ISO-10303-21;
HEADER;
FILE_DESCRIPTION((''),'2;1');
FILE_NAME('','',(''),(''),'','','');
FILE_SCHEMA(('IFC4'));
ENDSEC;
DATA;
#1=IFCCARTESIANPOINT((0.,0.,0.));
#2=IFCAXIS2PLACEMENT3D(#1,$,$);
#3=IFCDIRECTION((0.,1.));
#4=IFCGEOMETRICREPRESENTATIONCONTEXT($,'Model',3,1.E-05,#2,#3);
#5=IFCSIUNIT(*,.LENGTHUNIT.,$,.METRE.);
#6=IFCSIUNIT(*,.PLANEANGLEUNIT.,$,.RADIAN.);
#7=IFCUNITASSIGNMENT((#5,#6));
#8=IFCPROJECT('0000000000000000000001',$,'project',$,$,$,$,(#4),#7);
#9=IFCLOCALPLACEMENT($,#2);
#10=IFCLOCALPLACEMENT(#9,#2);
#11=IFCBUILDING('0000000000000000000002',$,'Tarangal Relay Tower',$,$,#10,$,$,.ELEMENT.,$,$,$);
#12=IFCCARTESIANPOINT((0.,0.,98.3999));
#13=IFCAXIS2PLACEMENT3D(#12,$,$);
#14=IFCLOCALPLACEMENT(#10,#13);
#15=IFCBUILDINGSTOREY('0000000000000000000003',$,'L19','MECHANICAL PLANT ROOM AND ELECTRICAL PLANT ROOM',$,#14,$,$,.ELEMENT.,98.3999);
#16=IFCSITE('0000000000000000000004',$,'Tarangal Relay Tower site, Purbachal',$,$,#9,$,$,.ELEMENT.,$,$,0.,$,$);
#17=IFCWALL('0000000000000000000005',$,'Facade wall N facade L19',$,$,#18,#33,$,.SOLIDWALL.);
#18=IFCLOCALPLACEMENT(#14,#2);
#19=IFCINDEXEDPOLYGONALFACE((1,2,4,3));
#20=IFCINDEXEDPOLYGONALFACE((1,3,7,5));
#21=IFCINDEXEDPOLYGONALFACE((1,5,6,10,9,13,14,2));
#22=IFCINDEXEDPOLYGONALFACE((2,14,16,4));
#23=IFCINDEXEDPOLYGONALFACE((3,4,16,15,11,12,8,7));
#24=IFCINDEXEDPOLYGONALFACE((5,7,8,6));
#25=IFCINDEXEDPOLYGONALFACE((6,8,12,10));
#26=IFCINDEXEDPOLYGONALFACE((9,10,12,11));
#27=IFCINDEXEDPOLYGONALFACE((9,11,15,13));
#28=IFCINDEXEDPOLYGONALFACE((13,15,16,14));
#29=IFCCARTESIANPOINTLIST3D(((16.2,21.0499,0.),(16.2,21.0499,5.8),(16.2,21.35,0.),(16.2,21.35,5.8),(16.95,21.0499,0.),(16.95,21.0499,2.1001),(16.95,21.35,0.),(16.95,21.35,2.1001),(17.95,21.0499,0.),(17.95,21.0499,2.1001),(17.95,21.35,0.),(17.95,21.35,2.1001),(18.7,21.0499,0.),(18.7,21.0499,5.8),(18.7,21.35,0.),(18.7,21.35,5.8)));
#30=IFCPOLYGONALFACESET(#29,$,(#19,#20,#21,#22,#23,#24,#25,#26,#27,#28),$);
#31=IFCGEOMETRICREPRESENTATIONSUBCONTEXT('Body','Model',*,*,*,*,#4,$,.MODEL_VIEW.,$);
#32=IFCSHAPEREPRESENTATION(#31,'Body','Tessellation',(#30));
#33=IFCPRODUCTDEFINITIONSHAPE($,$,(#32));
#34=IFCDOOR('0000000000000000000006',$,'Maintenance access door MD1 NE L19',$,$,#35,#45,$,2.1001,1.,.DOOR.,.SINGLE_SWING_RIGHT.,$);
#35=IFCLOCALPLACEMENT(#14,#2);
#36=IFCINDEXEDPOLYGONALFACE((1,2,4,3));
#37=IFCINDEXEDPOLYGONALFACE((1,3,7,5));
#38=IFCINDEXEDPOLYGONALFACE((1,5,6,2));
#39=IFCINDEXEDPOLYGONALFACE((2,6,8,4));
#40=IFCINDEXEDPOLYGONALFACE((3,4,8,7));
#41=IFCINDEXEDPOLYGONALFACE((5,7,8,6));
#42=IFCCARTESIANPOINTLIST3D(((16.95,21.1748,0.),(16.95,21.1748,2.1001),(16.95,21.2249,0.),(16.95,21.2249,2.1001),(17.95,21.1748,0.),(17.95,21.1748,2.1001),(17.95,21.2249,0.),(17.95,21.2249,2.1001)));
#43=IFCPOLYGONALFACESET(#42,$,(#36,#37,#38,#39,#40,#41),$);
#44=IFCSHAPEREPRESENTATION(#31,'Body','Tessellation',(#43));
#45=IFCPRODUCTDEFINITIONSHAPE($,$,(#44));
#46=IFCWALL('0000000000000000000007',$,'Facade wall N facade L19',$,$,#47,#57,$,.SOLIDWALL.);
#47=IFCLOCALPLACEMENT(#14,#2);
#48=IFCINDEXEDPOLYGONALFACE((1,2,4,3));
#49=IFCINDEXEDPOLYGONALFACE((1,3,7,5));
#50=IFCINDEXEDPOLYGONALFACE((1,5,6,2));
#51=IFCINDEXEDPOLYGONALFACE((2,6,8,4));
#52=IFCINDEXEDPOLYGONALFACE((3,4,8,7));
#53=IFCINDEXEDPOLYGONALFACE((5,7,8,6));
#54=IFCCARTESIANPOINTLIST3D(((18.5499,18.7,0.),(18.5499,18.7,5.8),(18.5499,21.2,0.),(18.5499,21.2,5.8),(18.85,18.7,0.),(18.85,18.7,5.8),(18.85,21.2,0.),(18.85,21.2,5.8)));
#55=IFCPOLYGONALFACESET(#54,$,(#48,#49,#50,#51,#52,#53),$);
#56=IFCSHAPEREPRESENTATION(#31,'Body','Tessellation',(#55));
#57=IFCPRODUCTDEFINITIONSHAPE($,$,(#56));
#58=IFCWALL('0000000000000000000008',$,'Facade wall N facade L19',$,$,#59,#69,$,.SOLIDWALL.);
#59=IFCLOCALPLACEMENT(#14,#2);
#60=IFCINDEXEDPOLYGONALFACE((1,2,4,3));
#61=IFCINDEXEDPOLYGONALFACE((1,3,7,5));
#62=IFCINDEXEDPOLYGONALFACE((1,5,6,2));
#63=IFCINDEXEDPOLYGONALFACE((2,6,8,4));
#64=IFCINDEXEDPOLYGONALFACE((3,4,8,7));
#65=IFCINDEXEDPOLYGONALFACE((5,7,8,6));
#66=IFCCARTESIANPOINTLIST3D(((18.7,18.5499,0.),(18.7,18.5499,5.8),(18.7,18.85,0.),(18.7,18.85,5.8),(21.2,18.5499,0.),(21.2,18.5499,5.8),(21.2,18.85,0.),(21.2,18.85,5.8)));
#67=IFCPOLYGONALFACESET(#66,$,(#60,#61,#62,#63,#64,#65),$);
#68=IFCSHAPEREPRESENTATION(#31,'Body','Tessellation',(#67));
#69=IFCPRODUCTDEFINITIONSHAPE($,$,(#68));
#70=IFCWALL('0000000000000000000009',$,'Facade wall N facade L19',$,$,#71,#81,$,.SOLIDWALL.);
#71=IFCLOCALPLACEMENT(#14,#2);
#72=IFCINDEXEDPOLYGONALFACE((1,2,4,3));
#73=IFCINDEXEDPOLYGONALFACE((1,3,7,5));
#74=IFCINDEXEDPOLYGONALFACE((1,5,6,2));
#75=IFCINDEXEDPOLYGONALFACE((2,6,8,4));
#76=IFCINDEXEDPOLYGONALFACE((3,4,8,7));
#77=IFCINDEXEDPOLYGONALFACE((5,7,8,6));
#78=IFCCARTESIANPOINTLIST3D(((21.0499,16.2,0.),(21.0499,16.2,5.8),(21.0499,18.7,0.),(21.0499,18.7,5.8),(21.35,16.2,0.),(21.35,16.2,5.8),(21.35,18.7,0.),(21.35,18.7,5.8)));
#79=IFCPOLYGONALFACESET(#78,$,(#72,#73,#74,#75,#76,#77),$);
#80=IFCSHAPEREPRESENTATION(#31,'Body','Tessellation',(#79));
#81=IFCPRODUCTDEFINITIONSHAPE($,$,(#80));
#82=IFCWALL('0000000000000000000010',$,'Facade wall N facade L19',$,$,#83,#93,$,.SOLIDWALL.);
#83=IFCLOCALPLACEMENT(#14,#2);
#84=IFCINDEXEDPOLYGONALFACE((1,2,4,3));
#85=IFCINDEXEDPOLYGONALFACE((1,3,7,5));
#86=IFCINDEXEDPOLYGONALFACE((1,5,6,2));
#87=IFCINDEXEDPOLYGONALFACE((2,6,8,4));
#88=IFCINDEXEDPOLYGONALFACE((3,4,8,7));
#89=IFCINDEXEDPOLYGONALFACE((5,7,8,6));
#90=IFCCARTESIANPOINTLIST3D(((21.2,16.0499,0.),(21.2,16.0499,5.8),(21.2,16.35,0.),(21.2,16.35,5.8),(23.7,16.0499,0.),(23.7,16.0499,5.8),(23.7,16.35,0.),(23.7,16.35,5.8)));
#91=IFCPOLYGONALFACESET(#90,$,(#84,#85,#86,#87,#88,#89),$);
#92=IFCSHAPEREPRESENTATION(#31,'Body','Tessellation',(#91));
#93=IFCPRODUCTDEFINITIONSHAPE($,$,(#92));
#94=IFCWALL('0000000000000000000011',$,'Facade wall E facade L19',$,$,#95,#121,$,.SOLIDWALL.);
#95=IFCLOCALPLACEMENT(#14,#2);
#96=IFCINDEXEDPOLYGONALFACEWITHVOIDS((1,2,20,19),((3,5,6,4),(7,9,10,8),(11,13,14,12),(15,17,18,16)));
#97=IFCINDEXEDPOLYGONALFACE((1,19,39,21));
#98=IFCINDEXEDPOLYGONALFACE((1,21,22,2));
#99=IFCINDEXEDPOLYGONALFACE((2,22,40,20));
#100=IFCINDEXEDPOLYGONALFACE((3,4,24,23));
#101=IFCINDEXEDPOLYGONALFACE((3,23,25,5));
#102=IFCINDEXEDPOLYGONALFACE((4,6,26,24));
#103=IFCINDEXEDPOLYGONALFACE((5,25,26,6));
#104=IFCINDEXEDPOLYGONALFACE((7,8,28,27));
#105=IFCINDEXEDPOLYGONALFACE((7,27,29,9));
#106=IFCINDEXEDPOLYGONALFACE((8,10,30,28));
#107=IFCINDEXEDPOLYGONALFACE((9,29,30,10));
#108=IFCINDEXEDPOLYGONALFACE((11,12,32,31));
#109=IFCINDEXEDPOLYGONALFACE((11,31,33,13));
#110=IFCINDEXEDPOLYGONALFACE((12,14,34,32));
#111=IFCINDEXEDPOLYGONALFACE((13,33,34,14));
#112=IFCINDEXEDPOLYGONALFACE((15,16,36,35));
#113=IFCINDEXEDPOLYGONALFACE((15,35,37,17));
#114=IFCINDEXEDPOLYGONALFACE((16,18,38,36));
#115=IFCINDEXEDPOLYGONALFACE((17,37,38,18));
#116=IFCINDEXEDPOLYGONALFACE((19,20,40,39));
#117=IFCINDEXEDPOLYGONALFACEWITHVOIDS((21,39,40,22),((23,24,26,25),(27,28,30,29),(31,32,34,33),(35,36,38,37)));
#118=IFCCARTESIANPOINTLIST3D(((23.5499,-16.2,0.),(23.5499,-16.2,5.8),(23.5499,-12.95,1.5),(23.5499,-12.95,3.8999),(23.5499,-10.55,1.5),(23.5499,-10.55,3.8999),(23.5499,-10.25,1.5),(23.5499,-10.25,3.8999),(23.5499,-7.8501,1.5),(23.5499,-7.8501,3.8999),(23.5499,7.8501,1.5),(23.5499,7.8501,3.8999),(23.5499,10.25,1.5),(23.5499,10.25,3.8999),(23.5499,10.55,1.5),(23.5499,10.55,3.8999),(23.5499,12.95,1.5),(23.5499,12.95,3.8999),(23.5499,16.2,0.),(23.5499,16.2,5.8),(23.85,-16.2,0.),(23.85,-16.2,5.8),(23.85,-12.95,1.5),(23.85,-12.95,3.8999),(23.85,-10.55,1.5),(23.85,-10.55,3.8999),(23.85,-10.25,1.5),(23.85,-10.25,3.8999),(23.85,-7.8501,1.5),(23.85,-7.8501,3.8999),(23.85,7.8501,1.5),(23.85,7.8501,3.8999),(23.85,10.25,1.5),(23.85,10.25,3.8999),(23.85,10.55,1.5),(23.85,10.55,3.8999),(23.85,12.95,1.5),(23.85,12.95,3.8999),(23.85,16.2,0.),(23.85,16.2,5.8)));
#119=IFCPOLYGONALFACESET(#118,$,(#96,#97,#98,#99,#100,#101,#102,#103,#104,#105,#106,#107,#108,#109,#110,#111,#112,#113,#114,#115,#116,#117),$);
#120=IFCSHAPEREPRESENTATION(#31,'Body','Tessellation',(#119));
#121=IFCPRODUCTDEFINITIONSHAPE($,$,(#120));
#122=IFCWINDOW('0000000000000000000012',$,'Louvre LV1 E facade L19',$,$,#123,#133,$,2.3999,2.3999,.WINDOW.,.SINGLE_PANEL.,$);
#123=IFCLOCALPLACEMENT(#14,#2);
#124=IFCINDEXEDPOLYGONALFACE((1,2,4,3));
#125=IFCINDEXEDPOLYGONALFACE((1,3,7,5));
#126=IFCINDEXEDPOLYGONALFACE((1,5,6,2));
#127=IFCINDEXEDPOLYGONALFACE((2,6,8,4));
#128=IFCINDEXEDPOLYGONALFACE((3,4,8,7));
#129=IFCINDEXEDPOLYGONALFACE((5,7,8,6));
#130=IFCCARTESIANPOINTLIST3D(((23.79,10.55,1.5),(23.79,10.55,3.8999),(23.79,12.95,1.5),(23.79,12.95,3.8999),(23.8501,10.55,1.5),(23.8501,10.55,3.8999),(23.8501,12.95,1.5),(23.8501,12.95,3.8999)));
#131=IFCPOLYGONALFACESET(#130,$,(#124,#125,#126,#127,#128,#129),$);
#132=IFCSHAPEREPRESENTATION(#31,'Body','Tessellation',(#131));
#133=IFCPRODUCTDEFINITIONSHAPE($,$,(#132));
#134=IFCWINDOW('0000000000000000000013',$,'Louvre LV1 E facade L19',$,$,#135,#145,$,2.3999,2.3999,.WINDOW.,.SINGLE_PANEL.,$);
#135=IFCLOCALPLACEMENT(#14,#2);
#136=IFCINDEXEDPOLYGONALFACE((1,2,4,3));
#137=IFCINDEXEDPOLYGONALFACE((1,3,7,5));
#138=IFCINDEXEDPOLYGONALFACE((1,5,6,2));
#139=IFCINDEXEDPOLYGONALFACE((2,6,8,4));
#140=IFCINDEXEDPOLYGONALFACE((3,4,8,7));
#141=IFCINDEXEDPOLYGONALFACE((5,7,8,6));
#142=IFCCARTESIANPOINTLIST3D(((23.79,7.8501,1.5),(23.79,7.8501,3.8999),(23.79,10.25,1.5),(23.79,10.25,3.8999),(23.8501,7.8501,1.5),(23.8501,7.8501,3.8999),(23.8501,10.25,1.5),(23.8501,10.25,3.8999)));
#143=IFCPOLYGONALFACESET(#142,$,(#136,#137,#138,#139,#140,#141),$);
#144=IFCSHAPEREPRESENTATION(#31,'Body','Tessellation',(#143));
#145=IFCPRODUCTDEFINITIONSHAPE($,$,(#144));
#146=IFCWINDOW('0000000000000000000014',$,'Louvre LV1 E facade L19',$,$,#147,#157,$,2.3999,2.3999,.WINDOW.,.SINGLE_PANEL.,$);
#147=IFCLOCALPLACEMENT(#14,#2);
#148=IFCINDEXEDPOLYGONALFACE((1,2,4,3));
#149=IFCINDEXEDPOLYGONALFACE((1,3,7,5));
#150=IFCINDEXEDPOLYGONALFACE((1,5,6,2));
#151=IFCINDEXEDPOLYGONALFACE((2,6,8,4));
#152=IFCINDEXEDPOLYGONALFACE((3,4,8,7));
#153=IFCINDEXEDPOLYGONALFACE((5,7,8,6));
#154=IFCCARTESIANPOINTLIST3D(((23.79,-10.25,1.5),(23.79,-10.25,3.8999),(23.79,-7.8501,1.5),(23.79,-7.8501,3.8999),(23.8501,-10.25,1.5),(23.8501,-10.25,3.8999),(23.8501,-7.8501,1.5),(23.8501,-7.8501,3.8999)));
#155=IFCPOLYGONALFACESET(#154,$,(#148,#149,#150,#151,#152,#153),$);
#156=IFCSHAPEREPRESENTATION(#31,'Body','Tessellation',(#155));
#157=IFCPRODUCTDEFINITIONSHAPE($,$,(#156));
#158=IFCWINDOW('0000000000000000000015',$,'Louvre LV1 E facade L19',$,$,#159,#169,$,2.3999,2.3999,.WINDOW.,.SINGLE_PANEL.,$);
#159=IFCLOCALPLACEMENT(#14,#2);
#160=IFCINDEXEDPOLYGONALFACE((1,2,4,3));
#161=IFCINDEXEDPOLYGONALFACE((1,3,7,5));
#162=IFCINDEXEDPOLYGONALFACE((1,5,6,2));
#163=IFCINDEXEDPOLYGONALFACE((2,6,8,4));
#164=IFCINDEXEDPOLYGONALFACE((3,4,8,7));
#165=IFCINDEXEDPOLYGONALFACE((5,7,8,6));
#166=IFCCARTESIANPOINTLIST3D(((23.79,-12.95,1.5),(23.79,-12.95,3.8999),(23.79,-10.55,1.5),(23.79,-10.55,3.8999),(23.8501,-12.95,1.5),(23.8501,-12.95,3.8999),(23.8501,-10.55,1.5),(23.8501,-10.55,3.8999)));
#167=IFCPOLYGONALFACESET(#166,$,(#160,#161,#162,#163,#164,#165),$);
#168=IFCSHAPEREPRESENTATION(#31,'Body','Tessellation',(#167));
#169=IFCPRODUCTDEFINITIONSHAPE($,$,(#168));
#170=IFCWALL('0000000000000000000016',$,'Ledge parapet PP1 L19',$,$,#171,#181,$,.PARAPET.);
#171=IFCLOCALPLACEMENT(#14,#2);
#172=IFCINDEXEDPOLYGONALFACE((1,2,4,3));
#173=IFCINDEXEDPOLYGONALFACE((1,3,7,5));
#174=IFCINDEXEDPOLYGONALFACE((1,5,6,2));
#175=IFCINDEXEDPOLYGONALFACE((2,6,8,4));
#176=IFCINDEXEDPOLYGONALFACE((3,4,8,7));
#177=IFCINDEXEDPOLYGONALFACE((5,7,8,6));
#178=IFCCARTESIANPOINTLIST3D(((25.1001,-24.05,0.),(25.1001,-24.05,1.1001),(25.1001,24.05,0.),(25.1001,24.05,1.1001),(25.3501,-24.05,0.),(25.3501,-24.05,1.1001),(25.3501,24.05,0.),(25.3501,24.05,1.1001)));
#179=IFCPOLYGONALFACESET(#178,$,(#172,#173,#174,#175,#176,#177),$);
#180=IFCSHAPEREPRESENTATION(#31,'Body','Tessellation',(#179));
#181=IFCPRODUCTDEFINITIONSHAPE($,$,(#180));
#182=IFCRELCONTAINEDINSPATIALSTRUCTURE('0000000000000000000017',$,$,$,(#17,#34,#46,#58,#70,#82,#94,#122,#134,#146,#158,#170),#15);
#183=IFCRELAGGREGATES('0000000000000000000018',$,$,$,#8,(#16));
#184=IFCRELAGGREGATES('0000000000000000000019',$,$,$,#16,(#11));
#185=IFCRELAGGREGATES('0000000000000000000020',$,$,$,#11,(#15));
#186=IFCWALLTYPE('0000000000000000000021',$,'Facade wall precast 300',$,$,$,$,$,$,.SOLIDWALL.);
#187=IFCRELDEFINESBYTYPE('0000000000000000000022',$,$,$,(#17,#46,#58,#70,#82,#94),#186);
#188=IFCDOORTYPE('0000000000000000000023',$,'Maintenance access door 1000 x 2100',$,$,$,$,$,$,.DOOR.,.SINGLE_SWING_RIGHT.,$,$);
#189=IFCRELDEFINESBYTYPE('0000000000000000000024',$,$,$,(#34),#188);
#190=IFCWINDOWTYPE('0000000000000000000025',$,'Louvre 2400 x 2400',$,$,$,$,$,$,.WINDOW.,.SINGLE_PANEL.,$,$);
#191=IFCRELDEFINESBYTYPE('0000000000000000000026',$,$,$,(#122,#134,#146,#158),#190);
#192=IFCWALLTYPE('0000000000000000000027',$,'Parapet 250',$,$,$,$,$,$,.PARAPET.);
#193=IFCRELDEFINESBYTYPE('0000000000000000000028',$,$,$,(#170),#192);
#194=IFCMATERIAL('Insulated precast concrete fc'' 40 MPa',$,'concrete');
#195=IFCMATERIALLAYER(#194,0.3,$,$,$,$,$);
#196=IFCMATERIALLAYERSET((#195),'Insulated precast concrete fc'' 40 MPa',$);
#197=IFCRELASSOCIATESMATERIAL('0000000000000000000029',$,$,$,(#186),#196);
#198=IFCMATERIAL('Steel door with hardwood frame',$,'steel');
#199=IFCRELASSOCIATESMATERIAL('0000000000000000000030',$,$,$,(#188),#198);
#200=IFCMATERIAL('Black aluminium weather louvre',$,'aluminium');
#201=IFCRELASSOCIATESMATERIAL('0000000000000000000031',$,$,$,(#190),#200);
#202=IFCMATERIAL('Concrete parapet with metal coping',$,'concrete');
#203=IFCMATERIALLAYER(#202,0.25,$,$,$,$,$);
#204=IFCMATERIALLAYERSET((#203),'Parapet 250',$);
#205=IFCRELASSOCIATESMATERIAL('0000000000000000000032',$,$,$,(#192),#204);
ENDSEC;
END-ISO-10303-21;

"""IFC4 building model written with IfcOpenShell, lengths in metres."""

from ifc_helpers import new_model, si_unit, direction, frame, frame_2d, origin, place, context, subcontext, project, spatial, rectangle, extrude, material, layer, layer_set, type_object, element, fill, save


model = new_model("IFC4")

# Units and contexts
model_context = context("Model", 3, precision=1e-05, world=origin(), true_north=direction((0.0, 1.0)))
body_context = subcontext(model_context, "Body", "Model", "MODEL_VIEW")
ifc_project = project(units=[si_unit("LENGTHUNIT", "METRE"), si_unit("PLANEANGLEUNIT", "RADIAN")], contexts=[model_context])

# Site, building, storey
site_placement = place(None, origin())
site = spatial("IfcSite", under=ifc_project, at=site_placement, Name="Tarangal Relay Tower site, Purbachal", CompositionType="ELEMENT", RefElevation=0.0)
building_placement = place(site_placement, origin())
building = spatial("IfcBuilding", under=site, at=building_placement, Name="Tarangal Relay Tower", CompositionType="ELEMENT")
storey_placement = place(building_placement, frame((0.0, 0.0, 98.3999)))
storey = spatial("IfcBuildingStorey", under=building, at=storey_placement, Name="L19", Description="MECHANICAL PLANT ROOM AND ELECTRICAL PLANT ROOM", CompositionType="ELEMENT", Elevation=98.3999)

# Shared definitions
ifc_material_1 = material(Name="Insulated precast concrete fc' 40 MPa", Category="concrete")
ifc_layer_1 = layer(ifc_material_1, 0.3)
ifc_layer_set_1 = layer_set([ifc_layer_1], Name="Insulated precast concrete fc' 40 MPa")
wall_type_1 = type_object("IfcWallType", Name="Facade wall precast 300", PredefinedType="SOLIDWALL", material=ifc_layer_set_1)

# Wall, opening, door
wall_1_placement = place(storey_placement, frame((16.2, 21.2, 0.0), z_axis=(0.0, 0.0, 1.0), x_axis=(1.0, 0.0, 0.0)))
wall_1 = element("IfcWall", 1, at=wall_1_placement, inside=storey, type_object=wall_type_1, Name="Facade wall N facade L19", PredefinedType="SOLIDWALL", context=body_context, shape_type="SweptSolid", body=[
    extrude(rectangle(XDim=2.5, YDim=0.3, at=frame_2d((1.25, 0.0))), origin(), (0.0, 0.0, 1.0), 5.8),
])
opening_1_placement = place(wall_1_placement, frame((0.75, 0.0, 0.0)))
opening_1 = element("IfcOpeningElement", 2, at=opening_1_placement, cuts=wall_1, PredefinedType="OPENING", context=body_context, shape_type="SweptSolid", body=[
    extrude(rectangle(XDim=1.0, YDim=2.1001, at=frame_2d((0.5, 1.05))), frame((0.0, 0.1599, 0.0), z_axis=(0.0, -1.0, 0.0), x_axis=(1.0, 0.0, 0.0)), (0.0, 0.0, 1.0), 0.3201),
])
ifc_material_2 = material(Name="Steel door with hardwood frame", Category="steel")
door_type = type_object("IfcDoorType", Name="Maintenance access door 1000 x 2100", OperationType="SINGLE_SWING_RIGHT", PredefinedType="DOOR", material=ifc_material_2)
door_placement = place(opening_1_placement, origin())
door = element("IfcDoor", 3, at=door_placement, inside=storey, type_object=door_type, Name="Maintenance access door MD1 NE L19", OperationType="SINGLE_SWING_RIGHT", OverallHeight=2.1001, OverallWidth=1.0, PredefinedType="DOOR", context=body_context, shape_type="SweptSolid", body=[
    extrude(rectangle(XDim=1.0, YDim=2.1001, at=frame_2d((0.5, 1.05))), frame((0.0, 0.0249, 0.0), z_axis=(0.0, -1.0, 0.0), x_axis=(1.0, 0.0, 0.0)), (0.0, 0.0, 1.0), 0.05),
])
fill(opening_1, door)

# Walls
for number, where, z_axis, x_axis, name in (
    (4, (18.7, 21.2, 0.0), (0.0, 0.0, 1.0), (0.0, -1.0, 0.0), "Facade wall N facade L19"),
    (5, (18.7, 18.7, 0.0), (0.0, 0.0, 1.0), (1.0, 0.0, 0.0), "Facade wall N facade L19"),
    (6, (21.2, 18.7, 0.0), (0.0, 0.0, 1.0), (0.0, -1.0, 0.0), "Facade wall N facade L19"),
    (7, (21.2, 16.2, 0.0), (0.0, 0.0, 1.0), (1.0, 0.0, 0.0), "Facade wall N facade L19"),
):
    element("IfcWall", number, at=place(storey_placement, frame(where, z_axis=z_axis, x_axis=x_axis)), inside=storey, type_object=wall_type_1, Name=name, PredefinedType="SOLIDWALL", context=body_context, shape_type="SweptSolid", body=[
        extrude(rectangle(XDim=2.5, YDim=0.3, at=frame_2d((1.25, 0.0))), origin(), (0.0, 0.0, 1.0), 5.8),
    ])

# Wall, openings, windows
wall_2_placement = place(storey_placement, frame((23.7, 16.2, 0.0), z_axis=(0.0, 0.0, 1.0), x_axis=(0.0, -1.0, 0.0)))
wall_2 = element("IfcWall", 8, at=wall_2_placement, inside=storey, type_object=wall_type_1, Name="Facade wall E facade L19", PredefinedType="SOLIDWALL", context=body_context, shape_type="SweptSolid", body=[
    extrude(rectangle(XDim=32.3999, YDim=0.3, at=frame_2d((16.2, 0.0))), origin(), (0.0, 0.0, 1.0), 5.8),
])
opening_2_placement = place(wall_2_placement, frame((3.25, 0.0, 1.5)))
opening_2 = element("IfcOpeningElement", 9, at=opening_2_placement, cuts=wall_2, PredefinedType="OPENING", context=body_context, shape_type="SweptSolid", body=[
    extrude(rectangle(XDim=2.3999, YDim=2.3999, at=frame_2d((1.2, 1.2))), frame((0.0, 0.1599, 0.0), z_axis=(0.0, -1.0, 0.0), x_axis=(1.0, 0.0, 0.0)), (0.0, 0.0, 1.0), 0.3201),
])
opening_3_placement = place(wall_2_placement, frame((5.95, 0.0, 1.5)))
opening_3 = element("IfcOpeningElement", 10, at=opening_3_placement, cuts=wall_2, PredefinedType="OPENING", context=body_context, shape_type="SweptSolid", body=[
    extrude(rectangle(XDim=2.3999, YDim=2.3999, at=frame_2d((1.2, 1.2))), frame((0.0, 0.1599, 0.0), z_axis=(0.0, -1.0, 0.0), x_axis=(1.0, 0.0, 0.0)), (0.0, 0.0, 1.0), 0.3201),
])
opening_4_placement = place(wall_2_placement, frame((24.05, 0.0, 1.5)))
opening_4 = element("IfcOpeningElement", 11, at=opening_4_placement, cuts=wall_2, PredefinedType="OPENING", context=body_context, shape_type="SweptSolid", body=[
    extrude(rectangle(XDim=2.3999, YDim=2.3999, at=frame_2d((1.2, 1.2))), frame((0.0, 0.1599, 0.0), z_axis=(0.0, -1.0, 0.0), x_axis=(1.0, 0.0, 0.0)), (0.0, 0.0, 1.0), 0.3201),
])
opening_5_placement = place(wall_2_placement, frame((26.75, 0.0, 1.5)))
opening_5 = element("IfcOpeningElement", 12, at=opening_5_placement, cuts=wall_2, PredefinedType="OPENING", context=body_context, shape_type="SweptSolid", body=[
    extrude(rectangle(XDim=2.3999, YDim=2.3999, at=frame_2d((1.2, 1.2))), frame((0.0, 0.1599, 0.0), z_axis=(0.0, -1.0, 0.0), x_axis=(1.0, 0.0, 0.0)), (0.0, 0.0, 1.0), 0.3201),
])
ifc_material_3 = material(Name="Black aluminium weather louvre", Category="aluminium")
window_type = type_object("IfcWindowType", Name="Louvre 2400 x 2400", PartitioningType="SINGLE_PANEL", PredefinedType="WINDOW", material=ifc_material_3)
window_1_placement = place(opening_2_placement, origin())
window_1 = element("IfcWindow", 13, at=window_1_placement, inside=storey, type_object=window_type, Name="Louvre LV1 E facade L19", OverallHeight=2.3999, OverallWidth=2.3999, PartitioningType="SINGLE_PANEL", PredefinedType="WINDOW", context=body_context, shape_type="SweptSolid", body=[
    extrude(rectangle(XDim=2.3999, YDim=2.3999, at=frame_2d((1.2, 1.2))), frame((0.0, 0.1501, 0.0), z_axis=(0.0, -1.0, 0.0), x_axis=(1.0, 0.0, 0.0)), (0.0, 0.0, 1.0), 0.0601),
])
fill(opening_2, window_1)
window_2_placement = place(opening_3_placement, origin())
window_2 = element("IfcWindow", 14, at=window_2_placement, inside=storey, type_object=window_type, Name="Louvre LV1 E facade L19", OverallHeight=2.3999, OverallWidth=2.3999, PartitioningType="SINGLE_PANEL", PredefinedType="WINDOW", context=body_context, shape_type="SweptSolid", body=[
    extrude(rectangle(XDim=2.3999, YDim=2.3999, at=frame_2d((1.2, 1.2))), frame((0.0, 0.1501, 0.0), z_axis=(0.0, -1.0, 0.0), x_axis=(1.0, 0.0, 0.0)), (0.0, 0.0, 1.0), 0.0601),
])
fill(opening_3, window_2)
window_3_placement = place(opening_4_placement, origin())
window_3 = element("IfcWindow", 15, at=window_3_placement, inside=storey, type_object=window_type, Name="Louvre LV1 E facade L19", OverallHeight=2.3999, OverallWidth=2.3999, PartitioningType="SINGLE_PANEL", PredefinedType="WINDOW", context=body_context, shape_type="SweptSolid", body=[
    extrude(rectangle(XDim=2.3999, YDim=2.3999, at=frame_2d((1.2, 1.2))), frame((0.0, 0.1501, 0.0), z_axis=(0.0, -1.0, 0.0), x_axis=(1.0, 0.0, 0.0)), (0.0, 0.0, 1.0), 0.0601),
])
fill(opening_4, window_3)
window_4_placement = place(opening_5_placement, origin())
window_4 = element("IfcWindow", 16, at=window_4_placement, inside=storey, type_object=window_type, Name="Louvre LV1 E facade L19", OverallHeight=2.3999, OverallWidth=2.3999, PartitioningType="SINGLE_PANEL", PredefinedType="WINDOW", context=body_context, shape_type="SweptSolid", body=[
    extrude(rectangle(XDim=2.3999, YDim=2.3999, at=frame_2d((1.2, 1.2))), frame((0.0, 0.1501, 0.0), z_axis=(0.0, -1.0, 0.0), x_axis=(1.0, 0.0, 0.0)), (0.0, 0.0, 1.0), 0.0601),
])
fill(opening_5, window_4)

# Wall
ifc_material_4 = material(Name="Concrete parapet with metal coping", Category="concrete")
ifc_layer_2 = layer(ifc_material_4, 0.25)
ifc_layer_set_2 = layer_set([ifc_layer_2], Name="Parapet 250")
wall_type_2 = type_object("IfcWallType", Name="Parapet 250", PredefinedType="PARAPET", material=ifc_layer_set_2)
wall_3_placement = place(storey_placement, frame((25.2251, 24.05, 0.0), z_axis=(0.0, 0.0, 1.0), x_axis=(0.0, -1.0, 0.0)))
element("IfcWall", 17, at=wall_3_placement, inside=storey, type_object=wall_type_2, Name="Ledge parapet PP1 L19", PredefinedType="PARAPET", context=body_context, shape_type="SweptSolid", body=[
    extrude(rectangle(XDim=48.1001, YDim=0.25, at=frame_2d((24.05, 0.0))), origin(), (0.0, 0.0, 1.0), 1.1001),
])

save(model, "model.ifc")
